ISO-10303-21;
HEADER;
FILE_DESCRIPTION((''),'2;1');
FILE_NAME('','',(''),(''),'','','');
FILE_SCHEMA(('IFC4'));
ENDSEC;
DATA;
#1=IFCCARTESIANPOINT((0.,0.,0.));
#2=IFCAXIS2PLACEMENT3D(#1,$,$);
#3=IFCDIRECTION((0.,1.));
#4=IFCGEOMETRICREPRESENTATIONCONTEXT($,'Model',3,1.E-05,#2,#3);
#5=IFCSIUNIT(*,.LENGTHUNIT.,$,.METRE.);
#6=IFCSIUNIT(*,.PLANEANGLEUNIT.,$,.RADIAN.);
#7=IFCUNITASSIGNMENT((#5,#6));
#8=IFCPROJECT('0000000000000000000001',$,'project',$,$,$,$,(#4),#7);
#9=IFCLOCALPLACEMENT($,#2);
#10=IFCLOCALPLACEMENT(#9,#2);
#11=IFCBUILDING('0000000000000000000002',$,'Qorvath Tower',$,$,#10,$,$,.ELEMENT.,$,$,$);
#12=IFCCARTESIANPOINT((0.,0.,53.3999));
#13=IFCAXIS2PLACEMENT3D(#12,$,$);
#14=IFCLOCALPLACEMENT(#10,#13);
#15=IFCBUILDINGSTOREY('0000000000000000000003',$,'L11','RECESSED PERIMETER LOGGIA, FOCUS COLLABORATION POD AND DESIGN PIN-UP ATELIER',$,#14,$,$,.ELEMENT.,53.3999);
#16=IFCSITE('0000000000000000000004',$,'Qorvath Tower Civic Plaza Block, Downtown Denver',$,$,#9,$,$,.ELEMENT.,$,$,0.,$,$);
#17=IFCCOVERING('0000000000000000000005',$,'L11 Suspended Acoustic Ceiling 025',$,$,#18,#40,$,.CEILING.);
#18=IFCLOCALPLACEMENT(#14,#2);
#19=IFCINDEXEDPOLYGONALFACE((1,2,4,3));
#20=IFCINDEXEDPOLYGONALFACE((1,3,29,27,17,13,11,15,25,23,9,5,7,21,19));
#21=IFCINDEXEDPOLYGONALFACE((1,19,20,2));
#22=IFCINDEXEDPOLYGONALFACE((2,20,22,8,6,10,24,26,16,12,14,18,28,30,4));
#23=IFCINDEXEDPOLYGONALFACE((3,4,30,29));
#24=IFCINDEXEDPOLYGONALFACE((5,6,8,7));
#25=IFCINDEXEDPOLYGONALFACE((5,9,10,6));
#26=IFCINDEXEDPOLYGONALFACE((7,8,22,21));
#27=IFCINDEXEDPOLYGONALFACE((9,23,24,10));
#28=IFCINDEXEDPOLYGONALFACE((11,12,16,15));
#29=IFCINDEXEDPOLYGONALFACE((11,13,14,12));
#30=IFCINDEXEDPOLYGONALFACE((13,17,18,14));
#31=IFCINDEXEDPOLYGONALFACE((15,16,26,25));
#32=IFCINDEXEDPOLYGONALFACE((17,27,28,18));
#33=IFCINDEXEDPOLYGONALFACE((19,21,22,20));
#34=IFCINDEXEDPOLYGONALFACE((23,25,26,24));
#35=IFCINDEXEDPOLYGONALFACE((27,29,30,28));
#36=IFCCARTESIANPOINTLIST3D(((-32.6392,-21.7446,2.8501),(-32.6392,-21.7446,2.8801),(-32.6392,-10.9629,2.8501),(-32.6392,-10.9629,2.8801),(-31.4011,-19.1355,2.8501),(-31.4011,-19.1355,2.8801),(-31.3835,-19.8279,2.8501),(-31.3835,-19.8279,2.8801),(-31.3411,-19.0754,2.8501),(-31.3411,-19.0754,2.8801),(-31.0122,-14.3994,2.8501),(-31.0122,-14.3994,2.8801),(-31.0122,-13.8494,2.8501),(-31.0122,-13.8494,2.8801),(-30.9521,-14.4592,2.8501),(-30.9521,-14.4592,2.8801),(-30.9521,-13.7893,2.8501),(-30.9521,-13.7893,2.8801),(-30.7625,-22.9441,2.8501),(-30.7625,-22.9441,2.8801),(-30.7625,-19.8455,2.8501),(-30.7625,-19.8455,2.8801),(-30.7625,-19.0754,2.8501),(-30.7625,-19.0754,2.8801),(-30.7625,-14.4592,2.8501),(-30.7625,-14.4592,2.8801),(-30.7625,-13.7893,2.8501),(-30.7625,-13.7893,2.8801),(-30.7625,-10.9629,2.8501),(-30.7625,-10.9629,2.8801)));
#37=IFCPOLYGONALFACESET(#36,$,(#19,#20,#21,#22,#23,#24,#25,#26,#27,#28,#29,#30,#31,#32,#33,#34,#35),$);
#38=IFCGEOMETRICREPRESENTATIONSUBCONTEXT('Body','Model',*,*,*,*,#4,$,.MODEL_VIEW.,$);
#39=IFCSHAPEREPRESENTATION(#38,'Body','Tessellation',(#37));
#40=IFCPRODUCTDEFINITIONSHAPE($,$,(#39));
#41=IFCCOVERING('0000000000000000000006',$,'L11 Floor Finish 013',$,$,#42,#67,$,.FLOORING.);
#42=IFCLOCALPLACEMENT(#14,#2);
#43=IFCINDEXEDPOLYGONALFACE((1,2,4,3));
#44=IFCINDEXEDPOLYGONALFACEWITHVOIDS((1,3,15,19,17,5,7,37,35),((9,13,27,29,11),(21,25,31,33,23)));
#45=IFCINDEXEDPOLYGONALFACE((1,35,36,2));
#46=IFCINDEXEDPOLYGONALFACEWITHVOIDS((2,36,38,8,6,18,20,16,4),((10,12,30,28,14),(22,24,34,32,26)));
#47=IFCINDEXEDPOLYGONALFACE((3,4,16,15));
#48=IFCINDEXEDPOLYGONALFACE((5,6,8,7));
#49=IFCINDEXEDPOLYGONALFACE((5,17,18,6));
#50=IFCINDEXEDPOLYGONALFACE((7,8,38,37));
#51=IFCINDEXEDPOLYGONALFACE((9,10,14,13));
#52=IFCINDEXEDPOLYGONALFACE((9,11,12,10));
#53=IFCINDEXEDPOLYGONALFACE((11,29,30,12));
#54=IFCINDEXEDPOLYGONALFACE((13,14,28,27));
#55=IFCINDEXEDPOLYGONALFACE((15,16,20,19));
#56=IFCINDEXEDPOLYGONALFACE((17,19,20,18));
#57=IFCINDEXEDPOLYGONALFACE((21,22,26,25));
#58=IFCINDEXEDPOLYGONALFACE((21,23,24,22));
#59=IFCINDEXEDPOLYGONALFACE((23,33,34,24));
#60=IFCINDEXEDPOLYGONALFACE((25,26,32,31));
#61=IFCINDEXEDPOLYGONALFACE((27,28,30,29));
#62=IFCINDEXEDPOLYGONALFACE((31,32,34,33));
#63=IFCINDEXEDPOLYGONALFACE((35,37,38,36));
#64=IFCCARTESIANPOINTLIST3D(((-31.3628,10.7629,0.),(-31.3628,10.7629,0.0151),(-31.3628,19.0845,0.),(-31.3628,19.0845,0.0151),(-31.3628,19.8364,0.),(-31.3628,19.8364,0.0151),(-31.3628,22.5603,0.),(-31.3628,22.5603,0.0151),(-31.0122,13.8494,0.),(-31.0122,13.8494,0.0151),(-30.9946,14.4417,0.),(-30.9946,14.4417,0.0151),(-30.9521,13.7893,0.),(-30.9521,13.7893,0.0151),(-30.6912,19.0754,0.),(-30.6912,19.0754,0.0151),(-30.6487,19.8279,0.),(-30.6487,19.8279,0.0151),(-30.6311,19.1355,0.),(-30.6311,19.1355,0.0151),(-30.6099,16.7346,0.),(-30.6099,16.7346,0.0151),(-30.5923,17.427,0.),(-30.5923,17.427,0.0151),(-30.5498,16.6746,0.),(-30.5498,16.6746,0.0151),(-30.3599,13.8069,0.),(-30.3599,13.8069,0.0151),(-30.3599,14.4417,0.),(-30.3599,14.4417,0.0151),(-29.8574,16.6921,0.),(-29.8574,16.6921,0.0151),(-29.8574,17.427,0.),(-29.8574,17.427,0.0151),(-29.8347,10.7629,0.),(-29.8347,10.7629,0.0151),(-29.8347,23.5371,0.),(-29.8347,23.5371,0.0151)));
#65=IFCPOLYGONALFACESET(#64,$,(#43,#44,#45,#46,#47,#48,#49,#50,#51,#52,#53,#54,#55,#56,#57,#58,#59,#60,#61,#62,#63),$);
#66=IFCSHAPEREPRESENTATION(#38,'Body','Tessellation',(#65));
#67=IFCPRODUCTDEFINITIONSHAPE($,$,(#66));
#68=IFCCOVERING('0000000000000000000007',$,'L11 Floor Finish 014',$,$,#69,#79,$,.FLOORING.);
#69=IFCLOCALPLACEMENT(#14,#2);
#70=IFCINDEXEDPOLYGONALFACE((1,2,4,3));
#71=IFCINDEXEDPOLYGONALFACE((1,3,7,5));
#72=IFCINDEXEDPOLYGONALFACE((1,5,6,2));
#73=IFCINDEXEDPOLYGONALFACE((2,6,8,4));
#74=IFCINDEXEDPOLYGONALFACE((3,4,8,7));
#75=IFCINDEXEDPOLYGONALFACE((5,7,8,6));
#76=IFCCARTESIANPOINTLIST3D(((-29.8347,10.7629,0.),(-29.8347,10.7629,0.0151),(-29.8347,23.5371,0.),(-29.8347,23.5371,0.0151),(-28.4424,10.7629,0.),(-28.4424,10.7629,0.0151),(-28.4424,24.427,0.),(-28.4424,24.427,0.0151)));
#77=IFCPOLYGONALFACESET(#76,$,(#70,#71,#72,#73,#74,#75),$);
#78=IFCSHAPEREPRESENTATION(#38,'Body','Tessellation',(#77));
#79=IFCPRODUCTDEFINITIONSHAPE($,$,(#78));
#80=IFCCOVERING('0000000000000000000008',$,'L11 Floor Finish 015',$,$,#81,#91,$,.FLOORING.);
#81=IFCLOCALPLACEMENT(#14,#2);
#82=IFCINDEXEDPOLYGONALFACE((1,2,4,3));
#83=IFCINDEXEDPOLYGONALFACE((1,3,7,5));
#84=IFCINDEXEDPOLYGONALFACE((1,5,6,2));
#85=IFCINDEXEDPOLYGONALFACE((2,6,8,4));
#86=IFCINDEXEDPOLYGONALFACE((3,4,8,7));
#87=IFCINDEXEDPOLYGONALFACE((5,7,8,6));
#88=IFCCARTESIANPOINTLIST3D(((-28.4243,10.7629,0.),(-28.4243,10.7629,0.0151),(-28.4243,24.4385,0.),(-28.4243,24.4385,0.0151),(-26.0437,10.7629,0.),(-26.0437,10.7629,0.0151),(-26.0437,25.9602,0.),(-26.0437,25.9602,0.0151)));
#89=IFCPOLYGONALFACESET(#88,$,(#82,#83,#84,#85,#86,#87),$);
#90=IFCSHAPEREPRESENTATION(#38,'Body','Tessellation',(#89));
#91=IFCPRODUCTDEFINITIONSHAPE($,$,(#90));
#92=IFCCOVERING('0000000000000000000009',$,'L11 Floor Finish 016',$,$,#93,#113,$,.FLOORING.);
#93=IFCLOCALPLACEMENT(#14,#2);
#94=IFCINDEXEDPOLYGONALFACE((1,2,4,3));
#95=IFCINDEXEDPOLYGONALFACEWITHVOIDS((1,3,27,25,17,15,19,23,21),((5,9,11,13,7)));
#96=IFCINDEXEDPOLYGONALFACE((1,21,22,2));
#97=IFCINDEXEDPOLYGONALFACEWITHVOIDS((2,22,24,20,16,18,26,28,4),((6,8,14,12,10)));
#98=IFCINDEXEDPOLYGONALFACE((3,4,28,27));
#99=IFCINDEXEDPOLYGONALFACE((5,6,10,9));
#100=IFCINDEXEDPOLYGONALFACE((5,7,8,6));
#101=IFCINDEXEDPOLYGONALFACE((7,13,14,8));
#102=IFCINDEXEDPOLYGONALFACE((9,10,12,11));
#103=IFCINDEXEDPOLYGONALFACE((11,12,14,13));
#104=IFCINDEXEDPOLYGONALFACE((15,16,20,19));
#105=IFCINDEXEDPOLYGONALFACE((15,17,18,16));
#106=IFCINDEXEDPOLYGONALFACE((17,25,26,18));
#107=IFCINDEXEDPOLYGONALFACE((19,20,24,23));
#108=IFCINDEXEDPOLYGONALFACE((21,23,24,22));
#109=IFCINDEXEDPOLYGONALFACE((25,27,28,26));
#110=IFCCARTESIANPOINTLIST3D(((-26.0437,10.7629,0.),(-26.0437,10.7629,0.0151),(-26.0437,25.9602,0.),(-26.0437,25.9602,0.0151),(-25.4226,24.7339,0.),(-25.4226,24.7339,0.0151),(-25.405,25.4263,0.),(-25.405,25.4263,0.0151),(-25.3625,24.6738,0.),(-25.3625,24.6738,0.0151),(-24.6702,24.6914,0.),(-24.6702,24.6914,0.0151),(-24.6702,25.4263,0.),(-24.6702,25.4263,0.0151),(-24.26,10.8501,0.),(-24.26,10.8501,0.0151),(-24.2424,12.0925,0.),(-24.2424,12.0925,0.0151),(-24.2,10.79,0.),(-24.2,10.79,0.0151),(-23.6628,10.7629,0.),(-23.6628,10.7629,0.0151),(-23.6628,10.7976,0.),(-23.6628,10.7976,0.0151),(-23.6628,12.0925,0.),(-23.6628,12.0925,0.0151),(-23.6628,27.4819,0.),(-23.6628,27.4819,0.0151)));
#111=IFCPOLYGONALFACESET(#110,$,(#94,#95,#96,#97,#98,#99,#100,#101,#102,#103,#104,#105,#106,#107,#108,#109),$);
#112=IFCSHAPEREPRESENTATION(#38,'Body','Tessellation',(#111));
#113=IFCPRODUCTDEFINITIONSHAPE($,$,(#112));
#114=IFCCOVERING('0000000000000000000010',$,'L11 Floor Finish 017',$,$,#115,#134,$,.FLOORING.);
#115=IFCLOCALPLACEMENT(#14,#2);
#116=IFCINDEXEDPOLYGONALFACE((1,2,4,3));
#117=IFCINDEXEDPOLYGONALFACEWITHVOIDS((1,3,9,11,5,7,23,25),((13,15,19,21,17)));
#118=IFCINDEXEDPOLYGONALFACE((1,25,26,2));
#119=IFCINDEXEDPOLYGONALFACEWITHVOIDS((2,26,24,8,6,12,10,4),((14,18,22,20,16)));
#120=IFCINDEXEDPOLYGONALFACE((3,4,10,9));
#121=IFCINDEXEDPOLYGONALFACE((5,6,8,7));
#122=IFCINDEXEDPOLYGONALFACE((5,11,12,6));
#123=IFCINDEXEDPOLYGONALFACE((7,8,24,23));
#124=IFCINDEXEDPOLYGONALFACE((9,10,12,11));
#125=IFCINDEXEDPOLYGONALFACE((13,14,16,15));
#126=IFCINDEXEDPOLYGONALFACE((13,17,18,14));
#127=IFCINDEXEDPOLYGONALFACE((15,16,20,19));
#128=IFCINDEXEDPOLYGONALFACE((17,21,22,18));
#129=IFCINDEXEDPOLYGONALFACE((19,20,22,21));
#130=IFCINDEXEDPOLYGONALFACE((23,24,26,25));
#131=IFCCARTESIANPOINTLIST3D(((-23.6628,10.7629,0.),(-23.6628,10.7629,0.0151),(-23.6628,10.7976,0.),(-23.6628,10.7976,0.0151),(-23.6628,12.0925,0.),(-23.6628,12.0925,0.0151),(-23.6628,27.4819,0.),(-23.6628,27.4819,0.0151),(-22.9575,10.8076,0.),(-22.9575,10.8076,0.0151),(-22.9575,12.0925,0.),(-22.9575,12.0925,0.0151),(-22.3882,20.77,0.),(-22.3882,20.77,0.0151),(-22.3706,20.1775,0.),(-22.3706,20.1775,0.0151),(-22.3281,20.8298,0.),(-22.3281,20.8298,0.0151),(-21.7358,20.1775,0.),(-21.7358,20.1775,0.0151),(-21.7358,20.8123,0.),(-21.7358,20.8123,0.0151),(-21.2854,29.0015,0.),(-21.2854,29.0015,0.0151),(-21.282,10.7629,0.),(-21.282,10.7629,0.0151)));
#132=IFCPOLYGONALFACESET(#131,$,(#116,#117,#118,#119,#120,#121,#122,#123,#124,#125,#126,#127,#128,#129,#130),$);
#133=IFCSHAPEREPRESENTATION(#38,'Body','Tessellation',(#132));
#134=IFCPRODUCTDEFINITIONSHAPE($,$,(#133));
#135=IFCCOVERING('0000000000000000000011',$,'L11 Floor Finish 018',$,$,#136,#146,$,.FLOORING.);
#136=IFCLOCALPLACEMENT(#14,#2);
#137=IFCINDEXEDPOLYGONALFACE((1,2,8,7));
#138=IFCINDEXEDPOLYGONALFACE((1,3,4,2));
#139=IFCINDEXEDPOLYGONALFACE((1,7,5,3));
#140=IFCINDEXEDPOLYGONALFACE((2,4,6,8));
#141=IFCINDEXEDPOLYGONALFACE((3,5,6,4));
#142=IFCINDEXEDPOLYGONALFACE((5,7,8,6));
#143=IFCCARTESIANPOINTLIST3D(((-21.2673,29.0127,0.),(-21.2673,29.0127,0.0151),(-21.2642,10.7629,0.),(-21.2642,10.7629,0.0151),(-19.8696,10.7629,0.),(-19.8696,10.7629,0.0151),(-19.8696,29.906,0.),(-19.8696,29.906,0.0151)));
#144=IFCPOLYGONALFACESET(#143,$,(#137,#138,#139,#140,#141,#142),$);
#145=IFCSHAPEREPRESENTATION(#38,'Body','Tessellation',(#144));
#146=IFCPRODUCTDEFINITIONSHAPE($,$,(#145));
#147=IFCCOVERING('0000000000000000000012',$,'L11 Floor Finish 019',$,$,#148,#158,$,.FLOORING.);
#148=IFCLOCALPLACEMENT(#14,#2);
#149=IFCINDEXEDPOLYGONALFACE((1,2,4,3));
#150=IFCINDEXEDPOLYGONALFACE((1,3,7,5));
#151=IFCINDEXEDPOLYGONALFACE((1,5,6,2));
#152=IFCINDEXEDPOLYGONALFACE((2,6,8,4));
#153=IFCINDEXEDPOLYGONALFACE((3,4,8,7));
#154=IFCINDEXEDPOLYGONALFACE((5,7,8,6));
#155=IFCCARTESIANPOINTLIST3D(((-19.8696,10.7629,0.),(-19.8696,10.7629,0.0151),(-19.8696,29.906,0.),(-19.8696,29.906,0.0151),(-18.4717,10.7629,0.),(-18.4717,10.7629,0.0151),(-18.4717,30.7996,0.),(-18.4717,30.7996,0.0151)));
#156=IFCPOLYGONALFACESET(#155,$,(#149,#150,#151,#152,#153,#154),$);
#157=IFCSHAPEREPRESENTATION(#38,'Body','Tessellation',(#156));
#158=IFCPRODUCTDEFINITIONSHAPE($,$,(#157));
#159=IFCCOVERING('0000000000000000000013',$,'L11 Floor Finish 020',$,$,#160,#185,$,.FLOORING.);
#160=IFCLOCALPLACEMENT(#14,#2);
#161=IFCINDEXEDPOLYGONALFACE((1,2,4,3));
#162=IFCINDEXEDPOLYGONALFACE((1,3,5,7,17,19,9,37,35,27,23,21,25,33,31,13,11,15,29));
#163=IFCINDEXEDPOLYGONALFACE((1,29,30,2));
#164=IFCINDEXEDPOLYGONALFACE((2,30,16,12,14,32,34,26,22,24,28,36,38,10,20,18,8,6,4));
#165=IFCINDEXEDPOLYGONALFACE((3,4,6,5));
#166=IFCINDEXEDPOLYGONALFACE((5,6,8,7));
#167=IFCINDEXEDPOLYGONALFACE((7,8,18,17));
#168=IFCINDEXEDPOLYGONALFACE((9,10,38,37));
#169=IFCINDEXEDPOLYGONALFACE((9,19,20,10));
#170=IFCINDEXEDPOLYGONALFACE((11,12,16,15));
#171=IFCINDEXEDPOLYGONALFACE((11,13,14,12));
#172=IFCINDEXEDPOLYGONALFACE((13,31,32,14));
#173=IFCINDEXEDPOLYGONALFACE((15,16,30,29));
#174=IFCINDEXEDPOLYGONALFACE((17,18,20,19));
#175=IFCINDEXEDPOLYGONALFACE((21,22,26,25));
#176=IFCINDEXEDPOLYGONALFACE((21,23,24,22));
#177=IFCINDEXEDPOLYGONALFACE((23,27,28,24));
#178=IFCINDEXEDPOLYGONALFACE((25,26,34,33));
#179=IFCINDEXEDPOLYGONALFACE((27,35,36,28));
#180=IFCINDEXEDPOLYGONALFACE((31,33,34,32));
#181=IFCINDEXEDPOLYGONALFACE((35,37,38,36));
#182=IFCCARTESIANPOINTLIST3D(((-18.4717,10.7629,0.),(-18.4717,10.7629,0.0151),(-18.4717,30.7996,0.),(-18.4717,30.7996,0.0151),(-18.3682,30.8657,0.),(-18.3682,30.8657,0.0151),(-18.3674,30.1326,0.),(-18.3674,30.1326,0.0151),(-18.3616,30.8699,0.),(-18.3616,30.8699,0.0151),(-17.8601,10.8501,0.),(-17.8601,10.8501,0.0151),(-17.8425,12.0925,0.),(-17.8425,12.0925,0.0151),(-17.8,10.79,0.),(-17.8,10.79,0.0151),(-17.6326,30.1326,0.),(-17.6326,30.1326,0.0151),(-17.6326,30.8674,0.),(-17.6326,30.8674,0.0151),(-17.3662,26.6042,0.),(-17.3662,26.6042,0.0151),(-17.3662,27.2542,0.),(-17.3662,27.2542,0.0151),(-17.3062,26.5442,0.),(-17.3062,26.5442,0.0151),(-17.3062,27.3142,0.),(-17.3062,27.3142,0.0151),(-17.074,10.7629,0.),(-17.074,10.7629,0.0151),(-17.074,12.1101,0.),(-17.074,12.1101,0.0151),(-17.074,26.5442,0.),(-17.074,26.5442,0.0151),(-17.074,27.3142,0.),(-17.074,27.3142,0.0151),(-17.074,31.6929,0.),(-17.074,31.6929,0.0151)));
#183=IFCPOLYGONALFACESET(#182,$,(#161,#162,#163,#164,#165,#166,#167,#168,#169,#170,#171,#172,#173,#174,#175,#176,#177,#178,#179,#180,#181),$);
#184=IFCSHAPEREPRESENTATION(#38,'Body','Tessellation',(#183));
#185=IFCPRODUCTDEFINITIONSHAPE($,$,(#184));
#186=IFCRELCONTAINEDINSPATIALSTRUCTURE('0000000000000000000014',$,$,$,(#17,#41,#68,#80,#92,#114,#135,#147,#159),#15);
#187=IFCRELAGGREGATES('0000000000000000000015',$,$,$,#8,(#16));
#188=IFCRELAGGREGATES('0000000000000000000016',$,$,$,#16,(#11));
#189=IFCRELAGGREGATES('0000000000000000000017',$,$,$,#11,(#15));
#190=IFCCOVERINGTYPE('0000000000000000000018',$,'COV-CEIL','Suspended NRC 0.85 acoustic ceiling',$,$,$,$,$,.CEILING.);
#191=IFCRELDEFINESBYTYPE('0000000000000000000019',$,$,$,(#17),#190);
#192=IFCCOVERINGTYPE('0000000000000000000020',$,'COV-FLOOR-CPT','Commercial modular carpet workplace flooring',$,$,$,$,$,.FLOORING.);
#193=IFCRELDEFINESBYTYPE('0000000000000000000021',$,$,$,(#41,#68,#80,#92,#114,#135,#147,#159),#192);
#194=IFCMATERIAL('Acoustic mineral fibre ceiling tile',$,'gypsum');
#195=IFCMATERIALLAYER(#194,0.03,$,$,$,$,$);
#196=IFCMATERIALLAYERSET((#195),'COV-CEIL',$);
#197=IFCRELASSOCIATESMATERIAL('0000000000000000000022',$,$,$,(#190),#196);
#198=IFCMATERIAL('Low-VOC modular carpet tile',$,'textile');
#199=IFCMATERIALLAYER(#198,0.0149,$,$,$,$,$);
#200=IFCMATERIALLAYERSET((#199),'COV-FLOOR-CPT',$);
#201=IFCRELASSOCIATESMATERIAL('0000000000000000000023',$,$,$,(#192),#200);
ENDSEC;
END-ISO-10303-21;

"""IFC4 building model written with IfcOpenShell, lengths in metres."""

from ifc_helpers import new_model, si_unit, direction, frame, origin, place, context, subcontext, project, spatial, polyline, outline, extrude, material, layer, layer_set, type_object, element, save


model = new_model("IFC4")

# Units and contexts
model_context = context("Model", 3, precision=1e-05, world=origin(), true_north=direction((0.0, 1.0)))
body_context = subcontext(model_context, "Body", "Model", "MODEL_VIEW")
ifc_project = project(units=[si_unit("LENGTHUNIT", "METRE"), si_unit("PLANEANGLEUNIT", "RADIAN")], contexts=[model_context])

# Site, building, storey
site_placement = place(None, origin())
site = spatial("IfcSite", under=ifc_project, at=site_placement, Name="Qorvath Tower Civic Plaza Block, Downtown Denver", CompositionType="ELEMENT", RefElevation=0.0)
building_placement = place(site_placement, origin())
building = spatial("IfcBuilding", under=site, at=building_placement, Name="Qorvath Tower", CompositionType="ELEMENT")
storey_placement = place(building_placement, frame((0.0, 0.0, 53.3999)))
storey = spatial("IfcBuildingStorey", under=building, at=storey_placement, Name="L11", Description="RECESSED PERIMETER LOGGIA, FOCUS COLLABORATION POD AND DESIGN PIN-UP ATELIER", CompositionType="ELEMENT", Elevation=53.3999)

# Coverings
ifc_material_1 = material(Name="Acoustic mineral fibre ceiling tile", Category="gypsum")
ifc_layer_1 = layer(ifc_material_1, 0.03)
ifc_layer_set_1 = layer_set([ifc_layer_1], Name="COV-CEIL")
covering_type_1 = type_object("IfcCoveringType", Name="COV-CEIL", Description="Suspended NRC 0.85 acoustic ceiling", PredefinedType="CEILING", material=ifc_layer_set_1)
covering_1_placement = place(storey_placement, frame((0.0, 0.0, 2.8501)))
element("IfcCovering", 1, at=covering_1_placement, inside=storey, type_object=covering_type_1, Name="L11 Suspended Acoustic Ceiling 025", PredefinedType="CEILING", context=body_context, shape_type="SweptSolid", body=[
    extrude(outline(polyline([(-31.3411, -19.0754), (-30.7625, -19.0754), (-30.7625, -14.4592), (-30.9521, -14.4592), (-31.0122, -14.3994), (-31.0122, -13.8494), (-30.9521, -13.7893), (-30.7625, -13.7893), (-30.7625, -10.9629), (-32.6392, -10.9629), (-32.6392, -21.7446), (-30.7625, -22.9441), (-30.7625, -19.8455), (-31.3835, -19.8279), (-31.4011, -19.1355), (-31.3411, -19.0754)])), origin(), (0.0, 0.0, 1.0), 0.03),
])
ifc_material_2 = material(Name="Low-VOC modular carpet tile", Category="textile")
ifc_layer_2 = layer(ifc_material_2, 0.0149)
ifc_layer_set_2 = layer_set([ifc_layer_2], Name="COV-FLOOR-CPT")
covering_type_2 = type_object("IfcCoveringType", Name="COV-FLOOR-CPT", Description="Commercial modular carpet workplace flooring", PredefinedType="FLOORING", material=ifc_layer_set_2)
covering_2_placement = place(storey_placement, origin())
element("IfcCovering", 2, at=covering_2_placement, inside=storey, type_object=covering_type_2, Name="L11 Floor Finish 013", PredefinedType="FLOORING", context=body_context, shape_type="SweptSolid", body=[
    extrude(outline(polyline([(-31.3628, 10.7629), (-29.8347, 10.7629), (-29.8347, 23.5371), (-31.3628, 22.5603), (-31.3628, 19.8364), (-30.6487, 19.8279), (-30.6311, 19.1355), (-30.6912, 19.0754), (-31.3628, 19.0845), (-31.3628, 10.7629)]), holes=[polyline([(-30.6099, 16.7346), (-30.5923, 17.427), (-29.8574, 17.427), (-29.8574, 16.6921), (-30.5498, 16.6746), (-30.6099, 16.7346)]), polyline([(-31.0122, 13.8494), (-30.9946, 14.4417), (-30.3599, 14.4417), (-30.3599, 13.8069), (-30.9521, 13.7893), (-31.0122, 13.8494)])]), origin(), (0.0, 0.0, 1.0), 0.0151),
])
covering_3_placement = place(storey_placement, origin())
element("IfcCovering", 3, at=covering_3_placement, inside=storey, type_object=covering_type_2, Name="L11 Floor Finish 014", PredefinedType="FLOORING", context=body_context, shape_type="SweptSolid", body=[
    extrude(outline(polyline([(-29.8347, 23.5371), (-29.8347, 10.7629), (-28.4424, 10.7629), (-28.4424, 24.427), (-29.8347, 23.5371)])), origin(), (0.0, 0.0, 1.0), 0.0151),
])
covering_4_placement = place(storey_placement, origin())
element("IfcCovering", 4, at=covering_4_placement, inside=storey, type_object=covering_type_2, Name="L11 Floor Finish 015", PredefinedType="FLOORING", context=body_context, shape_type="SweptSolid", body=[
    extrude(outline(polyline([(-26.0437, 10.7629), (-26.0437, 25.9602), (-28.4243, 24.4385), (-28.4243, 10.7629), (-26.0437, 10.7629)])), origin(), (0.0, 0.0, 1.0), 0.0151),
])
covering_5_placement = place(storey_placement, origin())
element("IfcCovering", 5, at=covering_5_placement, inside=storey, type_object=covering_type_2, Name="L11 Floor Finish 016", PredefinedType="FLOORING", context=body_context, shape_type="SweptSolid", body=[
    extrude(outline(polyline([(-23.6628, 10.7629), (-23.6628, 10.7976), (-24.2, 10.79), (-24.26, 10.8501), (-24.2424, 12.0925), (-23.6628, 12.0925), (-23.6628, 27.4819), (-26.0437, 25.9602), (-26.0437, 10.7629), (-23.6628, 10.7629)]), holes=[polyline([(-25.4226, 24.7339), (-25.405, 25.4263), (-24.6702, 25.4263), (-24.6702, 24.6914), (-25.3625, 24.6738), (-25.4226, 24.7339)])]), origin(), (0.0, 0.0, 1.0), 0.0151),
])
covering_6_placement = place(storey_placement, origin())
element("IfcCovering", 6, at=covering_6_placement, inside=storey, type_object=covering_type_2, Name="L11 Floor Finish 017", PredefinedType="FLOORING", context=body_context, shape_type="SweptSolid", body=[
    extrude(outline(polyline([(-21.282, 10.7629), (-21.2854, 29.0015), (-23.6628, 27.4819), (-23.6628, 12.0925), (-22.9575, 12.0925), (-22.9575, 10.8076), (-23.6628, 10.7976), (-23.6628, 10.7629), (-21.282, 10.7629)]), holes=[polyline([(-22.3882, 20.77), (-22.3281, 20.8298), (-21.7358, 20.8123), (-21.7358, 20.1775), (-22.3706, 20.1775), (-22.3882, 20.77)])]), origin(), (0.0, 0.0, 1.0), 0.0151),
])
covering_7_placement = place(storey_placement, origin())
element("IfcCovering", 7, at=covering_7_placement, inside=storey, type_object=covering_type_2, Name="L11 Floor Finish 018", PredefinedType="FLOORING", context=body_context, shape_type="SweptSolid", body=[
    extrude(outline(polyline([(-19.8696, 10.7629), (-19.8696, 29.906), (-21.2673, 29.0127), (-21.2642, 10.7629), (-19.8696, 10.7629)])), origin(), (0.0, 0.0, 1.0), 0.0151),
])
covering_8_placement = place(storey_placement, origin())
element("IfcCovering", 8, at=covering_8_placement, inside=storey, type_object=covering_type_2, Name="L11 Floor Finish 019", PredefinedType="FLOORING", context=body_context, shape_type="SweptSolid", body=[
    extrude(outline(polyline([(-18.4717, 10.7629), (-18.4717, 30.7996), (-19.8696, 29.906), (-19.8696, 10.7629), (-18.4717, 10.7629)])), origin(), (0.0, 0.0, 1.0), 0.0151),
])
covering_9_placement = place(storey_placement, origin())
element("IfcCovering", 9, at=covering_9_placement, inside=storey, type_object=covering_type_2, Name="L11 Floor Finish 020", PredefinedType="FLOORING", context=body_context, shape_type="SweptSolid", body=[
    extrude(outline(polyline([(-17.3062, 27.3142), (-17.074, 27.3142), (-17.074, 31.6929), (-18.3616, 30.8699), (-17.6326, 30.8674), (-17.6326, 30.1326), (-18.3674, 30.1326), (-18.3682, 30.8657), (-18.4717, 30.7996), (-18.4717, 10.7629), (-17.074, 10.7629), (-17.8, 10.79), (-17.8601, 10.8501), (-17.8425, 12.0925), (-17.074, 12.1101), (-17.074, 26.5442), (-17.3062, 26.5442), (-17.3662, 26.6042), (-17.3662, 27.2542), (-17.3062, 27.3142)])), origin(), (0.0, 0.0, 1.0), 0.0151),
])

save(model, "model.ifc")
